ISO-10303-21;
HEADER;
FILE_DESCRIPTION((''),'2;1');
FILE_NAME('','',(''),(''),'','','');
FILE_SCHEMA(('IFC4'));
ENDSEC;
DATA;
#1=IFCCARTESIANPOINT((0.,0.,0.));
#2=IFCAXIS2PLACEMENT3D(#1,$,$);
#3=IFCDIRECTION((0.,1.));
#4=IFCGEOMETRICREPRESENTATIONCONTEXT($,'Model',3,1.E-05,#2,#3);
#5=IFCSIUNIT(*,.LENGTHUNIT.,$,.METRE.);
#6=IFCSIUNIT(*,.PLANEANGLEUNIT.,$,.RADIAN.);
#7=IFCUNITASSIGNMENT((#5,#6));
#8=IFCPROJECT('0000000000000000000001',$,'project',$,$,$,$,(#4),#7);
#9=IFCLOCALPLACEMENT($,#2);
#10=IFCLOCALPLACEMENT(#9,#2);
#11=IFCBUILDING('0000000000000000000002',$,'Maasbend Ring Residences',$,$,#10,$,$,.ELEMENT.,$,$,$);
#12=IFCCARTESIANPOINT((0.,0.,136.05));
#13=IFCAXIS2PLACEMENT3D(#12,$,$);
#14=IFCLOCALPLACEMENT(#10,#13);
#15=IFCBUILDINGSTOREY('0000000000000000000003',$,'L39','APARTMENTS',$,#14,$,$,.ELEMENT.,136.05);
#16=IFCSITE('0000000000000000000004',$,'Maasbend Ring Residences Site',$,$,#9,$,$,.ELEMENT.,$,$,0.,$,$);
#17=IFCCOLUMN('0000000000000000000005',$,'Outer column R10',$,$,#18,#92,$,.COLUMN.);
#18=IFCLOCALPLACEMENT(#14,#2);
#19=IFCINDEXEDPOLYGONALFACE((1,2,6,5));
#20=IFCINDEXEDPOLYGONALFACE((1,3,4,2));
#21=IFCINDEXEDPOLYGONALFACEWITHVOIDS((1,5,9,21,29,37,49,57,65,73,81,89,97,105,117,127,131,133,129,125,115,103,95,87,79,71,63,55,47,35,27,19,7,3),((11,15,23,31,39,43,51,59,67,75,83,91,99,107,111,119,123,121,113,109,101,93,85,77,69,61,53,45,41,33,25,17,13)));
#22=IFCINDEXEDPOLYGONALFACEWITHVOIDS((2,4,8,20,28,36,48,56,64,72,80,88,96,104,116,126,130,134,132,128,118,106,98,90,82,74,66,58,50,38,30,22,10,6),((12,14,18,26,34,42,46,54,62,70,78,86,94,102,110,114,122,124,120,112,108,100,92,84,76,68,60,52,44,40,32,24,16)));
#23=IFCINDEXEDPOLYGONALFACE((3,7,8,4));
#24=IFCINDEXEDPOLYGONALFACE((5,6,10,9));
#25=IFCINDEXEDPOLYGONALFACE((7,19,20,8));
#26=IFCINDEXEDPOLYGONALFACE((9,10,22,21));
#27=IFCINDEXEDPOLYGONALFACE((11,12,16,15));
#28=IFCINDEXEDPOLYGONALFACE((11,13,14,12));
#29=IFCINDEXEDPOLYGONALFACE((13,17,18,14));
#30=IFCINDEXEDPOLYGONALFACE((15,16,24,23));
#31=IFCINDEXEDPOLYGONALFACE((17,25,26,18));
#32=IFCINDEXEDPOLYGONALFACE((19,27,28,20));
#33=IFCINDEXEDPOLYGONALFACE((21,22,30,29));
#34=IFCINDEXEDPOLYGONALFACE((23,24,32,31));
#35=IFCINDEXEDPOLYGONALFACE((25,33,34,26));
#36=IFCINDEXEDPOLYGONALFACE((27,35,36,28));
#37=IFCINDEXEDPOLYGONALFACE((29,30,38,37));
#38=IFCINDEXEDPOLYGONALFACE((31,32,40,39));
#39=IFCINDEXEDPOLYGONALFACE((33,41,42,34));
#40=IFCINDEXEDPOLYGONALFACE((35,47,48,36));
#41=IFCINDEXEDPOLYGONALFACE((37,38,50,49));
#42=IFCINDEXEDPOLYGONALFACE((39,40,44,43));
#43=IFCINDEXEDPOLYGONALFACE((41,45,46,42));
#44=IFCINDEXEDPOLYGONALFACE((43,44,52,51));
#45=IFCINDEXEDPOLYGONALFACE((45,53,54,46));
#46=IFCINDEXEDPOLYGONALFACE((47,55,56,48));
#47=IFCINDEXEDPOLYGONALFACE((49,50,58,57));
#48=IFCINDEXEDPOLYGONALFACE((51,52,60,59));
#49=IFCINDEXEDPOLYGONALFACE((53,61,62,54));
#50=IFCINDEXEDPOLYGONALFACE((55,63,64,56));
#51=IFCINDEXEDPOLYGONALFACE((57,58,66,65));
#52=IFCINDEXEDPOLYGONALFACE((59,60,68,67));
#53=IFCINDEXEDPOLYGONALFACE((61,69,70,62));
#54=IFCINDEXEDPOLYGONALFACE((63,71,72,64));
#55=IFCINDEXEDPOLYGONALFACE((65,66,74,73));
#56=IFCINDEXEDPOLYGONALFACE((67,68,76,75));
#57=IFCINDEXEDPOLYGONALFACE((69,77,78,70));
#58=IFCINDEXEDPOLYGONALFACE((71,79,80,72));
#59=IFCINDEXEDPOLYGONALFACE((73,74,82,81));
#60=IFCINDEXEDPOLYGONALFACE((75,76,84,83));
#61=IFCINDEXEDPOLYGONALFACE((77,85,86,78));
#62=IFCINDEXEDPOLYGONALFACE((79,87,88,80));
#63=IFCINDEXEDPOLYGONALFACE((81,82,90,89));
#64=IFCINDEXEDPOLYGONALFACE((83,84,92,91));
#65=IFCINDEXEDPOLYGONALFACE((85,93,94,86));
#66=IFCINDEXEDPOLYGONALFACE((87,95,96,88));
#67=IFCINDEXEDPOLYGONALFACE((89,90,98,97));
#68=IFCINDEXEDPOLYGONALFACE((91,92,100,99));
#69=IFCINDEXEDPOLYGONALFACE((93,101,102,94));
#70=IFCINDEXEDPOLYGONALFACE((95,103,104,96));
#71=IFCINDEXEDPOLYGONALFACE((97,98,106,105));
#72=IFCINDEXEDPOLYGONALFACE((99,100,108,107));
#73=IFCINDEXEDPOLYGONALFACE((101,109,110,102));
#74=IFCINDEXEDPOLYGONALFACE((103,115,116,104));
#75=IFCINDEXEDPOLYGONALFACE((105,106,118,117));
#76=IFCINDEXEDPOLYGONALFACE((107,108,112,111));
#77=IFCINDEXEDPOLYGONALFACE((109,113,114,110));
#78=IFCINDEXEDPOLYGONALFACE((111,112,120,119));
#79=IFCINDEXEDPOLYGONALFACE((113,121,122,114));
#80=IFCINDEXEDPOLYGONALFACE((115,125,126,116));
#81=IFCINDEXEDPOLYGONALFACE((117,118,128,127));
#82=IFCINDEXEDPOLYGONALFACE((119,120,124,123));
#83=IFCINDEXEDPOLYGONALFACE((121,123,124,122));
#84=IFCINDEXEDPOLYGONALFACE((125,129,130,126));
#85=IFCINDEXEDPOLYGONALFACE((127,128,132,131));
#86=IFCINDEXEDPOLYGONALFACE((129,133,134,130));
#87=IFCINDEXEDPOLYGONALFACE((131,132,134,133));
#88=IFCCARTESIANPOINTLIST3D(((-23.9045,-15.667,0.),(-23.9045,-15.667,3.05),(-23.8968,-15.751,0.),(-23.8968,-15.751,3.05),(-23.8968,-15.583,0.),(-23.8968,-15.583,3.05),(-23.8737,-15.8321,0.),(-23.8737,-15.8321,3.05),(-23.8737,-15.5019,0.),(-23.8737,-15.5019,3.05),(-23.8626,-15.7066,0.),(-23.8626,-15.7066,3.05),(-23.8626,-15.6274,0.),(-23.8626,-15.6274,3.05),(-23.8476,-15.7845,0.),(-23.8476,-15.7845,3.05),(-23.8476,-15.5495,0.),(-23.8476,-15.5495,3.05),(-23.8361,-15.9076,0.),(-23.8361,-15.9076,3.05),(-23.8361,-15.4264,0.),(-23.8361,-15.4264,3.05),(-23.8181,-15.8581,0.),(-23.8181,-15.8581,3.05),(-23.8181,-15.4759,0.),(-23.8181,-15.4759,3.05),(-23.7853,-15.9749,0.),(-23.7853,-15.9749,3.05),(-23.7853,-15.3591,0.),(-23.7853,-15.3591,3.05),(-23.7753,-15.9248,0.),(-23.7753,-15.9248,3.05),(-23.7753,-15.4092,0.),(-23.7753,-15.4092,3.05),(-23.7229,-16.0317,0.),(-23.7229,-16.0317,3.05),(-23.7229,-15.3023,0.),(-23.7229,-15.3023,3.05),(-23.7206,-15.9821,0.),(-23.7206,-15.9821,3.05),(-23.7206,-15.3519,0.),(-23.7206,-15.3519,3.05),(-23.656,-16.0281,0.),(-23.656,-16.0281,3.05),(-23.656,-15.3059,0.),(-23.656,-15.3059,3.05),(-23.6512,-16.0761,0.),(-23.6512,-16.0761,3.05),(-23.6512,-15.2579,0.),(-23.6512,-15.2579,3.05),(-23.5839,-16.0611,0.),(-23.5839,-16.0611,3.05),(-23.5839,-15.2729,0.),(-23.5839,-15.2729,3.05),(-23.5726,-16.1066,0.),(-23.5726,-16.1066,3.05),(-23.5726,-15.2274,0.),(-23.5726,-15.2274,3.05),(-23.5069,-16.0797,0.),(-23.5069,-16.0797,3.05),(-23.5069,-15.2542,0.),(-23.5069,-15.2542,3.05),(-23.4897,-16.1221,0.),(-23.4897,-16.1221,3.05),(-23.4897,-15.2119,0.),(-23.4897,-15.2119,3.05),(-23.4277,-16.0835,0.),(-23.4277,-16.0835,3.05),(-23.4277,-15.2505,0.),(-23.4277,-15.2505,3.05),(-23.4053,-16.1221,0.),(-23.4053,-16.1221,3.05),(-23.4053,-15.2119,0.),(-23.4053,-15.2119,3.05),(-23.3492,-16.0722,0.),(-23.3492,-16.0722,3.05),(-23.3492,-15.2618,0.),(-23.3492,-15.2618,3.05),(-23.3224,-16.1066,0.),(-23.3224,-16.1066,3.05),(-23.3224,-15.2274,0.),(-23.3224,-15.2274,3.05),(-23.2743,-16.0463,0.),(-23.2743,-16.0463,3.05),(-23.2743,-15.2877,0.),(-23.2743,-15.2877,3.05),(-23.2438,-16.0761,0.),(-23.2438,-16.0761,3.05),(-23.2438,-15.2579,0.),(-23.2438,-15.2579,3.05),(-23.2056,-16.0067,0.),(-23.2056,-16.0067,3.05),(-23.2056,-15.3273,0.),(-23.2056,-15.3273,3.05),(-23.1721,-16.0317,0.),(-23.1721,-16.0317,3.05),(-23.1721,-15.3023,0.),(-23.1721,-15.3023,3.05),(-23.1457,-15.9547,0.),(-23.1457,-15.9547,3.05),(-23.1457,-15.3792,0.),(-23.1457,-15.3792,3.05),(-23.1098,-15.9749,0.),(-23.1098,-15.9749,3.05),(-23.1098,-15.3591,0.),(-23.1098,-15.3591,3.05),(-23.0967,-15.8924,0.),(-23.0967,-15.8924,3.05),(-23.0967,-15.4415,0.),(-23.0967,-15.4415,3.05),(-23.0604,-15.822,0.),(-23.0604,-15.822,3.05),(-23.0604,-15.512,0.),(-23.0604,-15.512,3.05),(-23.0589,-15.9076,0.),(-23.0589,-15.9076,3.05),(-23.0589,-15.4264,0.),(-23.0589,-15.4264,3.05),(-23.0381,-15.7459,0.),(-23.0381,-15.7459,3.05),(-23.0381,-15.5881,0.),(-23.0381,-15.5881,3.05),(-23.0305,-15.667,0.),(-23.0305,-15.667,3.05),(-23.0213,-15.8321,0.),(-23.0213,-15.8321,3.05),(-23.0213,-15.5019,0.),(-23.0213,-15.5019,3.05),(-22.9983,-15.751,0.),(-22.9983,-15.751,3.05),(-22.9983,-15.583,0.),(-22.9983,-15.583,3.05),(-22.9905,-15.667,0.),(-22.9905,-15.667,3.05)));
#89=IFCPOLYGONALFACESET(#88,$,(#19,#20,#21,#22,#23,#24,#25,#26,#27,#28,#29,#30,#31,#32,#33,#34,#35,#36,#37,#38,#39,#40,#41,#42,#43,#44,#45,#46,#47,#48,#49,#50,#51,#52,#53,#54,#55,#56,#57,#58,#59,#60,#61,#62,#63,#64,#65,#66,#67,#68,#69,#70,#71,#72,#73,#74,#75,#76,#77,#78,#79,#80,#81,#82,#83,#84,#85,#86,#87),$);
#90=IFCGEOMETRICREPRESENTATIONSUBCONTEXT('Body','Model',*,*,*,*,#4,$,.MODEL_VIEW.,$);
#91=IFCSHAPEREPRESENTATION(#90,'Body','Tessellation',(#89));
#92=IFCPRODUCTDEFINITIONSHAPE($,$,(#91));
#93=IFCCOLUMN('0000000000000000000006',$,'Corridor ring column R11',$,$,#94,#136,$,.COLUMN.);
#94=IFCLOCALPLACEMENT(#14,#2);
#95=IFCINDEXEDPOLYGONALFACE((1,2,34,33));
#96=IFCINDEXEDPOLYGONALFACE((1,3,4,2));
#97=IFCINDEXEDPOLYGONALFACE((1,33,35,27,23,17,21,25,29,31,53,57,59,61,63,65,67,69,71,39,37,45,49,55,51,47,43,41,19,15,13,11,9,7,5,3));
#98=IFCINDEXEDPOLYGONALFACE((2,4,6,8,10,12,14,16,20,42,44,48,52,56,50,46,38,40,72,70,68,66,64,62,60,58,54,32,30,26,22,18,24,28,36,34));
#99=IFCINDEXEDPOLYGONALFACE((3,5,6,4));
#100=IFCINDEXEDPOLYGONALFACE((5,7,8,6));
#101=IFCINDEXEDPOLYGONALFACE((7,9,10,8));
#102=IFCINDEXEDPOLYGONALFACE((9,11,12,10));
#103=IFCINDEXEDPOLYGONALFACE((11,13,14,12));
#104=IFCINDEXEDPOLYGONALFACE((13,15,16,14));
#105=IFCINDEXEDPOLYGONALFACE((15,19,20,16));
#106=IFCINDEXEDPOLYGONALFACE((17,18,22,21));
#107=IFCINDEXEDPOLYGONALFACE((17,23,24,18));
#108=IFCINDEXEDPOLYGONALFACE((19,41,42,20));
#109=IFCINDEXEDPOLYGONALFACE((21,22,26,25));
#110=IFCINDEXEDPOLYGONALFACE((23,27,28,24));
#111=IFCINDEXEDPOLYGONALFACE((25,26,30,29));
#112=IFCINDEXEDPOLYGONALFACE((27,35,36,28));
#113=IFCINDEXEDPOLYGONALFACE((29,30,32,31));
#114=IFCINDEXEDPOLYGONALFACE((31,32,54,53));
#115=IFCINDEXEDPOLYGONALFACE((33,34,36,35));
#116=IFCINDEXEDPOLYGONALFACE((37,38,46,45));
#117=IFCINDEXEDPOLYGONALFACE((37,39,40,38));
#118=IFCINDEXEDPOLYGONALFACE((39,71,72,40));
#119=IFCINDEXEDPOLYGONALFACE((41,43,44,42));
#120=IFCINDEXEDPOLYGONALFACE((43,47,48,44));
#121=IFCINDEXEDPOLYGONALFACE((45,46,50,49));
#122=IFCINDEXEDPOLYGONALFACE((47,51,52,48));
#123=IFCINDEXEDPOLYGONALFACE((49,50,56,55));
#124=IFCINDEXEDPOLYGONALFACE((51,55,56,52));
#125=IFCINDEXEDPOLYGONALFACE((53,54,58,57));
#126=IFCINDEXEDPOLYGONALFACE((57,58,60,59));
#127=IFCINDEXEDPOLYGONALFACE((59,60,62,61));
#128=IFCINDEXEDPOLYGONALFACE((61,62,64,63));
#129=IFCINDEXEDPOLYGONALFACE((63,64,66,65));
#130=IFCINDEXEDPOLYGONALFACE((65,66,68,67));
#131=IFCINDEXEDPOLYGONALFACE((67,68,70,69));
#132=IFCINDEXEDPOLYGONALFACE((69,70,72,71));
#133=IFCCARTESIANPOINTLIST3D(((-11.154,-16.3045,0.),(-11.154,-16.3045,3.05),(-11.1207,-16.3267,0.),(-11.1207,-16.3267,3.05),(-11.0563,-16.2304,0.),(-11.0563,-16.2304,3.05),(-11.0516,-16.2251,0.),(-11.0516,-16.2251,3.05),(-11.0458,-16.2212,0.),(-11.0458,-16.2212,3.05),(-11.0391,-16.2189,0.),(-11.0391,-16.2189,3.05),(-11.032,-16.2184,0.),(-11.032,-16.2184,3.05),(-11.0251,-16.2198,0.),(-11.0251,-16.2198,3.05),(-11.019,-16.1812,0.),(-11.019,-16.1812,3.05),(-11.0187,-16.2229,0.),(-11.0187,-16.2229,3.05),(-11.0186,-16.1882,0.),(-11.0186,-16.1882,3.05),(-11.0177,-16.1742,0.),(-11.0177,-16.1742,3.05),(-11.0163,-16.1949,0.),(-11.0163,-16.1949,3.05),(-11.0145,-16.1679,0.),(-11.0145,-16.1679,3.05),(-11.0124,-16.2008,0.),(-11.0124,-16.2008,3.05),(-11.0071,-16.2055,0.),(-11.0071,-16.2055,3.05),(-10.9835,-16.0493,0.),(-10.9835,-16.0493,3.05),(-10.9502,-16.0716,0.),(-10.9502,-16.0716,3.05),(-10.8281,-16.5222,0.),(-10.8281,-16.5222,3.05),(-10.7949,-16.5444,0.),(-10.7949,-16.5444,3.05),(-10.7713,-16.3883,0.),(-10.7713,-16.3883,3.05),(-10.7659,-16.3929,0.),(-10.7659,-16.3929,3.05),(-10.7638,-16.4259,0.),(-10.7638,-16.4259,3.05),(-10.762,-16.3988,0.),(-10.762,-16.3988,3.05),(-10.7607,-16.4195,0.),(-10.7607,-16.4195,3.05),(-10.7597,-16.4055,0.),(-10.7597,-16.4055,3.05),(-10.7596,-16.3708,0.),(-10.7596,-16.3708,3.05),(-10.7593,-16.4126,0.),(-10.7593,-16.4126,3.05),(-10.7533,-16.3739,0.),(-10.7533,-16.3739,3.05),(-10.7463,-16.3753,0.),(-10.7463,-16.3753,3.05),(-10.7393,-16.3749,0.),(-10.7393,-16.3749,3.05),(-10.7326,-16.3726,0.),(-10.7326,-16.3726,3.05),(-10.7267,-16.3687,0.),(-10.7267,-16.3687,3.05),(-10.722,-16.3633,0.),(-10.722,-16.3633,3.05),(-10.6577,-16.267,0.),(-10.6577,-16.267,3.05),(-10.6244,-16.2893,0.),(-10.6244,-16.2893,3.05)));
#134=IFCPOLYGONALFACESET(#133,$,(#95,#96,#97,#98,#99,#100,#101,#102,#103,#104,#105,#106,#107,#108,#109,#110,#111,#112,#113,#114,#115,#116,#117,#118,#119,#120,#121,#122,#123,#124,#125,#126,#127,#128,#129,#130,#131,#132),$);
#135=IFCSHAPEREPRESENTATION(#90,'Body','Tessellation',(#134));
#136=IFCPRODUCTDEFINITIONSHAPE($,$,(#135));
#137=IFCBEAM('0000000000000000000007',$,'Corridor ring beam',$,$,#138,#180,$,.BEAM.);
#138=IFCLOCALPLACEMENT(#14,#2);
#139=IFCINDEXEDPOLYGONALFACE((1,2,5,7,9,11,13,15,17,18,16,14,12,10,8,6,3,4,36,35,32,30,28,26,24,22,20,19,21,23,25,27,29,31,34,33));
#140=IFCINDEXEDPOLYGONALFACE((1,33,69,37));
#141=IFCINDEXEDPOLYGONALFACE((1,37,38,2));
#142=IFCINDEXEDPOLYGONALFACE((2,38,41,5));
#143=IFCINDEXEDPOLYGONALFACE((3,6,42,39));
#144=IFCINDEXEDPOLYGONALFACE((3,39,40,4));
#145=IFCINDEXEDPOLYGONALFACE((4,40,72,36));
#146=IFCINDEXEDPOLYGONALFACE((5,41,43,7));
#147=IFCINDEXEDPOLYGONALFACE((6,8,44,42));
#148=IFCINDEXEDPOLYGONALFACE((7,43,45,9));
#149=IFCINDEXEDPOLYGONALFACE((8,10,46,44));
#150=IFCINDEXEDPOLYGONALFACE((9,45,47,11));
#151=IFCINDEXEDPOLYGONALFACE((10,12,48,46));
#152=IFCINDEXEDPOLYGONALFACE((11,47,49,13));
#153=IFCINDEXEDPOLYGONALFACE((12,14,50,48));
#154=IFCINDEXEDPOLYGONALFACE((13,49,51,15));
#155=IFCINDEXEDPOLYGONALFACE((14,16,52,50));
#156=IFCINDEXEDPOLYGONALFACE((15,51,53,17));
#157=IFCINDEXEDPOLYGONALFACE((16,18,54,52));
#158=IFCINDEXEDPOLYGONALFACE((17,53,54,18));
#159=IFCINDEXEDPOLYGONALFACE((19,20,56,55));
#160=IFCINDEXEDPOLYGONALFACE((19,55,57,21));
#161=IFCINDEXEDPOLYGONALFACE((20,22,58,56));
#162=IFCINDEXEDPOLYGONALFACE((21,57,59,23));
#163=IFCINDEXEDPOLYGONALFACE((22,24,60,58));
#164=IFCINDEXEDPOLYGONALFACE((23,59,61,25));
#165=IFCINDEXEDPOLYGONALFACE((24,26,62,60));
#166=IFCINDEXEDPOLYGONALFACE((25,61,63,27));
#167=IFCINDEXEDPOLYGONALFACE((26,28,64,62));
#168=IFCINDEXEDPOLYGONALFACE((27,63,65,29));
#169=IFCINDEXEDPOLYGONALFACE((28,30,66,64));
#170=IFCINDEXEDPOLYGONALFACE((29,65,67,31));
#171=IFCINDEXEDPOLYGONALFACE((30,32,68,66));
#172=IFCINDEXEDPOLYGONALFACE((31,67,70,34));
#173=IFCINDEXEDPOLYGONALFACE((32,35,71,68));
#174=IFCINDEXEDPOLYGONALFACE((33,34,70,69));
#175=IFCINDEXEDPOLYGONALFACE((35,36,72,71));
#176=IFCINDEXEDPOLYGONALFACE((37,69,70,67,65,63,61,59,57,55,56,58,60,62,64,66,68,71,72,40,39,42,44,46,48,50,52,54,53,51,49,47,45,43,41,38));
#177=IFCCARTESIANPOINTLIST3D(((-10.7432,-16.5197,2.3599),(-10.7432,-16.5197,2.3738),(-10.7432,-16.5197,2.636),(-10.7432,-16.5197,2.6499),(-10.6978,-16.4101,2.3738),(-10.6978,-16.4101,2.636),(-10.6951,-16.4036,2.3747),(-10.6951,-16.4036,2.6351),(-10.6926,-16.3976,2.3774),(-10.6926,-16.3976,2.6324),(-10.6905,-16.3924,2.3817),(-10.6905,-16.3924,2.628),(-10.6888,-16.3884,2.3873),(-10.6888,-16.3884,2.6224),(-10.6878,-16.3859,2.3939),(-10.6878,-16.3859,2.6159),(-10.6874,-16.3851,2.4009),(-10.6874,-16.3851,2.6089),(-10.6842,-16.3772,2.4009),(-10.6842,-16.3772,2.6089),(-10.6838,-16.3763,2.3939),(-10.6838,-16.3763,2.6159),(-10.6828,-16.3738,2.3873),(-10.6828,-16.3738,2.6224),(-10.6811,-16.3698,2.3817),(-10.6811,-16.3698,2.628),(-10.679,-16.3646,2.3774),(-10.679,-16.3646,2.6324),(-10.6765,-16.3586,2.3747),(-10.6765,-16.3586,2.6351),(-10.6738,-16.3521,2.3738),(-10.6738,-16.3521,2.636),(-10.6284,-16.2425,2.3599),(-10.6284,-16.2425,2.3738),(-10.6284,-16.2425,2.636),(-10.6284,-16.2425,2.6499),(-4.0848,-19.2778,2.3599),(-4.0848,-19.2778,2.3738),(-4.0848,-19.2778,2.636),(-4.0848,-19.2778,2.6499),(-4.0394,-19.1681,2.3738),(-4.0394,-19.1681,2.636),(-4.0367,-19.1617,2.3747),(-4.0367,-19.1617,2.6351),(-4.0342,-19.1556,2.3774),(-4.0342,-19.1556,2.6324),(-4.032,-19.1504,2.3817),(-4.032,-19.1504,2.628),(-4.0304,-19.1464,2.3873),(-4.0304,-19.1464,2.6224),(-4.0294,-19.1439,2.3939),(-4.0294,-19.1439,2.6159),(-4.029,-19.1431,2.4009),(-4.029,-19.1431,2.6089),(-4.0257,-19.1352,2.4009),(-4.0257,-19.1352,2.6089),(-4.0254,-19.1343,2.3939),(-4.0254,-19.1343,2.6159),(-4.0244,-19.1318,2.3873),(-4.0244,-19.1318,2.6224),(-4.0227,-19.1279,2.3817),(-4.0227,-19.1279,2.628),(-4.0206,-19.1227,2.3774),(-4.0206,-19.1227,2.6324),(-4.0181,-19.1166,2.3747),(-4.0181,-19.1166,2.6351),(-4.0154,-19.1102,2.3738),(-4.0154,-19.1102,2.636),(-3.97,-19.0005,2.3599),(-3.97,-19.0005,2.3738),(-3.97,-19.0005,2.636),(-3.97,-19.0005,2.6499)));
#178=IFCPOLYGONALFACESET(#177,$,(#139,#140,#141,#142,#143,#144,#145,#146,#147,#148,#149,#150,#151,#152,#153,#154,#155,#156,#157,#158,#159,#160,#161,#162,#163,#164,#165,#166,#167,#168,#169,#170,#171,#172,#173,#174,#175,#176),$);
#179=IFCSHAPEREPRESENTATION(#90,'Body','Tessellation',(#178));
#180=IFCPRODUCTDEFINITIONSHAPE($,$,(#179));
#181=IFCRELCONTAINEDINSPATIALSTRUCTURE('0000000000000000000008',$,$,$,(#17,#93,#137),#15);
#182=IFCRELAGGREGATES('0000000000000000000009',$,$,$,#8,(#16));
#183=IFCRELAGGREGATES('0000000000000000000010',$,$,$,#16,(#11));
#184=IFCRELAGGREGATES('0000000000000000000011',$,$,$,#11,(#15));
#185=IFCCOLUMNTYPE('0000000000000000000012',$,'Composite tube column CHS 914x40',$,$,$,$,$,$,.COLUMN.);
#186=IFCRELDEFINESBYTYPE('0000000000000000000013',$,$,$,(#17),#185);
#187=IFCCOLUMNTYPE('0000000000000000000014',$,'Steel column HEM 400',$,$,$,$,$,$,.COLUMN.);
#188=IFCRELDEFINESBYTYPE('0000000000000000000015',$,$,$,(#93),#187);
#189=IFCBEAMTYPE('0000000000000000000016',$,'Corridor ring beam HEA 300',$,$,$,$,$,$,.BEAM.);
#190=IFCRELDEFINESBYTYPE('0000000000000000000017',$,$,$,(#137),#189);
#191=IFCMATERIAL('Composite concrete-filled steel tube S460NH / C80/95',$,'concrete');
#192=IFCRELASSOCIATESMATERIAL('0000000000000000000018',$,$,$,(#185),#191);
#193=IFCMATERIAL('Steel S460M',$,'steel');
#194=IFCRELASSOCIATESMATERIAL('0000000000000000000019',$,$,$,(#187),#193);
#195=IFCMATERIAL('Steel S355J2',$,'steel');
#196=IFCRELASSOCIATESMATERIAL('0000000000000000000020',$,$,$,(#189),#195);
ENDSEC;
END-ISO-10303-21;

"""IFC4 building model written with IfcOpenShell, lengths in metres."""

from ifc_helpers import new_model, si_unit, direction, frame, origin, origin_2d, place, context, subcontext, project, spatial, hollow_circle, i_section, extrude, material, material_profile, profile_set, type_object, element, save


model = new_model("IFC4")

# Units and contexts
model_context = context("Model", 3, precision=1e-05, world=origin(), true_north=direction((0.0, 1.0)))
body_context = subcontext(model_context, "Body", "Model", "MODEL_VIEW")
ifc_project = project(units=[si_unit("LENGTHUNIT", "METRE"), si_unit("PLANEANGLEUNIT", "RADIAN")], contexts=[model_context])

# Site, building, storey
site_placement = place(None, origin())
site = spatial("IfcSite", under=ifc_project, at=site_placement, Name="Maasbend Ring Residences Site", CompositionType="ELEMENT", RefElevation=0.0)
building_placement = place(site_placement, origin())
building = spatial("IfcBuilding", under=site, at=building_placement, Name="Maasbend Ring Residences", CompositionType="ELEMENT")
storey_placement = place(building_placement, frame((0.0, 0.0, 136.05)))
storey = spatial("IfcBuildingStorey", under=building, at=storey_placement, Name="L39", Description="APARTMENTS", CompositionType="ELEMENT", Elevation=136.05)

# Columns
ifc_material_1 = material(Name="Composite concrete-filled steel tube S460NH / C80/95", Category="concrete")
ifc_material_profile_1 = material_profile(ifc_material_1, hollow_circle(Radius=0.457, WallThickness=0.04, at=origin_2d()), Name="Composite tube column CHS 914x40")
ifc_profile_set_1 = profile_set([ifc_material_profile_1], Name="Composite concrete-filled steel tube S460NH / C80/95")
column_type_1 = type_object("IfcColumnType", Name="Composite tube column CHS 914x40", PredefinedType="COLUMN", material=ifc_profile_set_1)
column_1_placement = place(storey_placement, frame((-23.4475, -15.667, 0.0), z_axis=(0.0, 0.0, 1.0), x_axis=(1.0, 0.0, 0.0)))
element("IfcColumn", 1, at=column_1_placement, inside=storey, type_object=column_type_1, Name="Outer column R10", PredefinedType="COLUMN", context=body_context, shape_type="SweptSolid", body=[
    extrude(hollow_circle(Radius=0.457, WallThickness=0.04, at=origin_2d()), origin(), (0.0, 0.0, 1.0), 3.05),
])
ifc_material_2 = material(Name="Steel S460M", Category="steel")
ifc_material_profile_2 = material_profile(ifc_material_2, i_section(OverallWidth=0.3069, OverallDepth=0.4319, WebThickness=0.021, FlangeThickness=0.04, FilletRadius=0.0271, at=origin_2d()), Name="HEM 400")
ifc_profile_set_2 = profile_set([ifc_material_profile_2], Name="Steel S460M")
column_type_2 = type_object("IfcColumnType", Name="Steel column HEM 400", PredefinedType="COLUMN", material=ifc_profile_set_2)
column_2_placement = place(storey_placement, frame((-10.8892, -16.2969, 0.0), z_axis=(0.0, 0.0, 1.0), x_axis=(-0.55557, -0.83147, 0.0)))
element("IfcColumn", 2, at=column_2_placement, inside=storey, type_object=column_type_2, Name="Corridor ring column R11", PredefinedType="COLUMN", context=body_context, shape_type="SweptSolid", body=[
    extrude(i_section(OverallWidth=0.3069, OverallDepth=0.4319, WebThickness=0.021, FlangeThickness=0.04, FilletRadius=0.0271, at=origin_2d()), origin(), (0.0, 0.0, 1.0), 3.05),
])

# Beam
ifc_material_3 = material(Name="Steel S355J2", Category="steel")
ifc_material_profile_3 = material_profile(ifc_material_3, i_section(OverallWidth=0.3, OverallDepth=0.29, WebThickness=0.0085, FlangeThickness=0.0139, FilletRadius=0.0271, at=origin_2d()), Name="HEA 300")
ifc_profile_set_3 = profile_set([ifc_material_profile_3], Name="Steel S355J2")
beam_type_1 = type_object("IfcBeamType", Name="Corridor ring beam HEA 300", PredefinedType="BEAM", material=ifc_profile_set_3)
beam_1_placement = place(storey_placement, frame((-10.6858, -16.3811, 2.5049), z_axis=(0.923878, -0.382688, 0.0), x_axis=(0.382688, 0.923878, 0.0)))
element("IfcBeam", 3, at=beam_1_placement, inside=storey, type_object=beam_type_1, Name="Corridor ring beam", PredefinedType="BEAM", context=body_context, shape_type="SweptSolid", body=[
    extrude(i_section(OverallWidth=0.3, OverallDepth=0.29, WebThickness=0.0085, FlangeThickness=0.0139, FilletRadius=0.0271, at=origin_2d()), origin(), (0.0, 0.0, 1.0), 7.207),
])

save(model, "model.ifc")
